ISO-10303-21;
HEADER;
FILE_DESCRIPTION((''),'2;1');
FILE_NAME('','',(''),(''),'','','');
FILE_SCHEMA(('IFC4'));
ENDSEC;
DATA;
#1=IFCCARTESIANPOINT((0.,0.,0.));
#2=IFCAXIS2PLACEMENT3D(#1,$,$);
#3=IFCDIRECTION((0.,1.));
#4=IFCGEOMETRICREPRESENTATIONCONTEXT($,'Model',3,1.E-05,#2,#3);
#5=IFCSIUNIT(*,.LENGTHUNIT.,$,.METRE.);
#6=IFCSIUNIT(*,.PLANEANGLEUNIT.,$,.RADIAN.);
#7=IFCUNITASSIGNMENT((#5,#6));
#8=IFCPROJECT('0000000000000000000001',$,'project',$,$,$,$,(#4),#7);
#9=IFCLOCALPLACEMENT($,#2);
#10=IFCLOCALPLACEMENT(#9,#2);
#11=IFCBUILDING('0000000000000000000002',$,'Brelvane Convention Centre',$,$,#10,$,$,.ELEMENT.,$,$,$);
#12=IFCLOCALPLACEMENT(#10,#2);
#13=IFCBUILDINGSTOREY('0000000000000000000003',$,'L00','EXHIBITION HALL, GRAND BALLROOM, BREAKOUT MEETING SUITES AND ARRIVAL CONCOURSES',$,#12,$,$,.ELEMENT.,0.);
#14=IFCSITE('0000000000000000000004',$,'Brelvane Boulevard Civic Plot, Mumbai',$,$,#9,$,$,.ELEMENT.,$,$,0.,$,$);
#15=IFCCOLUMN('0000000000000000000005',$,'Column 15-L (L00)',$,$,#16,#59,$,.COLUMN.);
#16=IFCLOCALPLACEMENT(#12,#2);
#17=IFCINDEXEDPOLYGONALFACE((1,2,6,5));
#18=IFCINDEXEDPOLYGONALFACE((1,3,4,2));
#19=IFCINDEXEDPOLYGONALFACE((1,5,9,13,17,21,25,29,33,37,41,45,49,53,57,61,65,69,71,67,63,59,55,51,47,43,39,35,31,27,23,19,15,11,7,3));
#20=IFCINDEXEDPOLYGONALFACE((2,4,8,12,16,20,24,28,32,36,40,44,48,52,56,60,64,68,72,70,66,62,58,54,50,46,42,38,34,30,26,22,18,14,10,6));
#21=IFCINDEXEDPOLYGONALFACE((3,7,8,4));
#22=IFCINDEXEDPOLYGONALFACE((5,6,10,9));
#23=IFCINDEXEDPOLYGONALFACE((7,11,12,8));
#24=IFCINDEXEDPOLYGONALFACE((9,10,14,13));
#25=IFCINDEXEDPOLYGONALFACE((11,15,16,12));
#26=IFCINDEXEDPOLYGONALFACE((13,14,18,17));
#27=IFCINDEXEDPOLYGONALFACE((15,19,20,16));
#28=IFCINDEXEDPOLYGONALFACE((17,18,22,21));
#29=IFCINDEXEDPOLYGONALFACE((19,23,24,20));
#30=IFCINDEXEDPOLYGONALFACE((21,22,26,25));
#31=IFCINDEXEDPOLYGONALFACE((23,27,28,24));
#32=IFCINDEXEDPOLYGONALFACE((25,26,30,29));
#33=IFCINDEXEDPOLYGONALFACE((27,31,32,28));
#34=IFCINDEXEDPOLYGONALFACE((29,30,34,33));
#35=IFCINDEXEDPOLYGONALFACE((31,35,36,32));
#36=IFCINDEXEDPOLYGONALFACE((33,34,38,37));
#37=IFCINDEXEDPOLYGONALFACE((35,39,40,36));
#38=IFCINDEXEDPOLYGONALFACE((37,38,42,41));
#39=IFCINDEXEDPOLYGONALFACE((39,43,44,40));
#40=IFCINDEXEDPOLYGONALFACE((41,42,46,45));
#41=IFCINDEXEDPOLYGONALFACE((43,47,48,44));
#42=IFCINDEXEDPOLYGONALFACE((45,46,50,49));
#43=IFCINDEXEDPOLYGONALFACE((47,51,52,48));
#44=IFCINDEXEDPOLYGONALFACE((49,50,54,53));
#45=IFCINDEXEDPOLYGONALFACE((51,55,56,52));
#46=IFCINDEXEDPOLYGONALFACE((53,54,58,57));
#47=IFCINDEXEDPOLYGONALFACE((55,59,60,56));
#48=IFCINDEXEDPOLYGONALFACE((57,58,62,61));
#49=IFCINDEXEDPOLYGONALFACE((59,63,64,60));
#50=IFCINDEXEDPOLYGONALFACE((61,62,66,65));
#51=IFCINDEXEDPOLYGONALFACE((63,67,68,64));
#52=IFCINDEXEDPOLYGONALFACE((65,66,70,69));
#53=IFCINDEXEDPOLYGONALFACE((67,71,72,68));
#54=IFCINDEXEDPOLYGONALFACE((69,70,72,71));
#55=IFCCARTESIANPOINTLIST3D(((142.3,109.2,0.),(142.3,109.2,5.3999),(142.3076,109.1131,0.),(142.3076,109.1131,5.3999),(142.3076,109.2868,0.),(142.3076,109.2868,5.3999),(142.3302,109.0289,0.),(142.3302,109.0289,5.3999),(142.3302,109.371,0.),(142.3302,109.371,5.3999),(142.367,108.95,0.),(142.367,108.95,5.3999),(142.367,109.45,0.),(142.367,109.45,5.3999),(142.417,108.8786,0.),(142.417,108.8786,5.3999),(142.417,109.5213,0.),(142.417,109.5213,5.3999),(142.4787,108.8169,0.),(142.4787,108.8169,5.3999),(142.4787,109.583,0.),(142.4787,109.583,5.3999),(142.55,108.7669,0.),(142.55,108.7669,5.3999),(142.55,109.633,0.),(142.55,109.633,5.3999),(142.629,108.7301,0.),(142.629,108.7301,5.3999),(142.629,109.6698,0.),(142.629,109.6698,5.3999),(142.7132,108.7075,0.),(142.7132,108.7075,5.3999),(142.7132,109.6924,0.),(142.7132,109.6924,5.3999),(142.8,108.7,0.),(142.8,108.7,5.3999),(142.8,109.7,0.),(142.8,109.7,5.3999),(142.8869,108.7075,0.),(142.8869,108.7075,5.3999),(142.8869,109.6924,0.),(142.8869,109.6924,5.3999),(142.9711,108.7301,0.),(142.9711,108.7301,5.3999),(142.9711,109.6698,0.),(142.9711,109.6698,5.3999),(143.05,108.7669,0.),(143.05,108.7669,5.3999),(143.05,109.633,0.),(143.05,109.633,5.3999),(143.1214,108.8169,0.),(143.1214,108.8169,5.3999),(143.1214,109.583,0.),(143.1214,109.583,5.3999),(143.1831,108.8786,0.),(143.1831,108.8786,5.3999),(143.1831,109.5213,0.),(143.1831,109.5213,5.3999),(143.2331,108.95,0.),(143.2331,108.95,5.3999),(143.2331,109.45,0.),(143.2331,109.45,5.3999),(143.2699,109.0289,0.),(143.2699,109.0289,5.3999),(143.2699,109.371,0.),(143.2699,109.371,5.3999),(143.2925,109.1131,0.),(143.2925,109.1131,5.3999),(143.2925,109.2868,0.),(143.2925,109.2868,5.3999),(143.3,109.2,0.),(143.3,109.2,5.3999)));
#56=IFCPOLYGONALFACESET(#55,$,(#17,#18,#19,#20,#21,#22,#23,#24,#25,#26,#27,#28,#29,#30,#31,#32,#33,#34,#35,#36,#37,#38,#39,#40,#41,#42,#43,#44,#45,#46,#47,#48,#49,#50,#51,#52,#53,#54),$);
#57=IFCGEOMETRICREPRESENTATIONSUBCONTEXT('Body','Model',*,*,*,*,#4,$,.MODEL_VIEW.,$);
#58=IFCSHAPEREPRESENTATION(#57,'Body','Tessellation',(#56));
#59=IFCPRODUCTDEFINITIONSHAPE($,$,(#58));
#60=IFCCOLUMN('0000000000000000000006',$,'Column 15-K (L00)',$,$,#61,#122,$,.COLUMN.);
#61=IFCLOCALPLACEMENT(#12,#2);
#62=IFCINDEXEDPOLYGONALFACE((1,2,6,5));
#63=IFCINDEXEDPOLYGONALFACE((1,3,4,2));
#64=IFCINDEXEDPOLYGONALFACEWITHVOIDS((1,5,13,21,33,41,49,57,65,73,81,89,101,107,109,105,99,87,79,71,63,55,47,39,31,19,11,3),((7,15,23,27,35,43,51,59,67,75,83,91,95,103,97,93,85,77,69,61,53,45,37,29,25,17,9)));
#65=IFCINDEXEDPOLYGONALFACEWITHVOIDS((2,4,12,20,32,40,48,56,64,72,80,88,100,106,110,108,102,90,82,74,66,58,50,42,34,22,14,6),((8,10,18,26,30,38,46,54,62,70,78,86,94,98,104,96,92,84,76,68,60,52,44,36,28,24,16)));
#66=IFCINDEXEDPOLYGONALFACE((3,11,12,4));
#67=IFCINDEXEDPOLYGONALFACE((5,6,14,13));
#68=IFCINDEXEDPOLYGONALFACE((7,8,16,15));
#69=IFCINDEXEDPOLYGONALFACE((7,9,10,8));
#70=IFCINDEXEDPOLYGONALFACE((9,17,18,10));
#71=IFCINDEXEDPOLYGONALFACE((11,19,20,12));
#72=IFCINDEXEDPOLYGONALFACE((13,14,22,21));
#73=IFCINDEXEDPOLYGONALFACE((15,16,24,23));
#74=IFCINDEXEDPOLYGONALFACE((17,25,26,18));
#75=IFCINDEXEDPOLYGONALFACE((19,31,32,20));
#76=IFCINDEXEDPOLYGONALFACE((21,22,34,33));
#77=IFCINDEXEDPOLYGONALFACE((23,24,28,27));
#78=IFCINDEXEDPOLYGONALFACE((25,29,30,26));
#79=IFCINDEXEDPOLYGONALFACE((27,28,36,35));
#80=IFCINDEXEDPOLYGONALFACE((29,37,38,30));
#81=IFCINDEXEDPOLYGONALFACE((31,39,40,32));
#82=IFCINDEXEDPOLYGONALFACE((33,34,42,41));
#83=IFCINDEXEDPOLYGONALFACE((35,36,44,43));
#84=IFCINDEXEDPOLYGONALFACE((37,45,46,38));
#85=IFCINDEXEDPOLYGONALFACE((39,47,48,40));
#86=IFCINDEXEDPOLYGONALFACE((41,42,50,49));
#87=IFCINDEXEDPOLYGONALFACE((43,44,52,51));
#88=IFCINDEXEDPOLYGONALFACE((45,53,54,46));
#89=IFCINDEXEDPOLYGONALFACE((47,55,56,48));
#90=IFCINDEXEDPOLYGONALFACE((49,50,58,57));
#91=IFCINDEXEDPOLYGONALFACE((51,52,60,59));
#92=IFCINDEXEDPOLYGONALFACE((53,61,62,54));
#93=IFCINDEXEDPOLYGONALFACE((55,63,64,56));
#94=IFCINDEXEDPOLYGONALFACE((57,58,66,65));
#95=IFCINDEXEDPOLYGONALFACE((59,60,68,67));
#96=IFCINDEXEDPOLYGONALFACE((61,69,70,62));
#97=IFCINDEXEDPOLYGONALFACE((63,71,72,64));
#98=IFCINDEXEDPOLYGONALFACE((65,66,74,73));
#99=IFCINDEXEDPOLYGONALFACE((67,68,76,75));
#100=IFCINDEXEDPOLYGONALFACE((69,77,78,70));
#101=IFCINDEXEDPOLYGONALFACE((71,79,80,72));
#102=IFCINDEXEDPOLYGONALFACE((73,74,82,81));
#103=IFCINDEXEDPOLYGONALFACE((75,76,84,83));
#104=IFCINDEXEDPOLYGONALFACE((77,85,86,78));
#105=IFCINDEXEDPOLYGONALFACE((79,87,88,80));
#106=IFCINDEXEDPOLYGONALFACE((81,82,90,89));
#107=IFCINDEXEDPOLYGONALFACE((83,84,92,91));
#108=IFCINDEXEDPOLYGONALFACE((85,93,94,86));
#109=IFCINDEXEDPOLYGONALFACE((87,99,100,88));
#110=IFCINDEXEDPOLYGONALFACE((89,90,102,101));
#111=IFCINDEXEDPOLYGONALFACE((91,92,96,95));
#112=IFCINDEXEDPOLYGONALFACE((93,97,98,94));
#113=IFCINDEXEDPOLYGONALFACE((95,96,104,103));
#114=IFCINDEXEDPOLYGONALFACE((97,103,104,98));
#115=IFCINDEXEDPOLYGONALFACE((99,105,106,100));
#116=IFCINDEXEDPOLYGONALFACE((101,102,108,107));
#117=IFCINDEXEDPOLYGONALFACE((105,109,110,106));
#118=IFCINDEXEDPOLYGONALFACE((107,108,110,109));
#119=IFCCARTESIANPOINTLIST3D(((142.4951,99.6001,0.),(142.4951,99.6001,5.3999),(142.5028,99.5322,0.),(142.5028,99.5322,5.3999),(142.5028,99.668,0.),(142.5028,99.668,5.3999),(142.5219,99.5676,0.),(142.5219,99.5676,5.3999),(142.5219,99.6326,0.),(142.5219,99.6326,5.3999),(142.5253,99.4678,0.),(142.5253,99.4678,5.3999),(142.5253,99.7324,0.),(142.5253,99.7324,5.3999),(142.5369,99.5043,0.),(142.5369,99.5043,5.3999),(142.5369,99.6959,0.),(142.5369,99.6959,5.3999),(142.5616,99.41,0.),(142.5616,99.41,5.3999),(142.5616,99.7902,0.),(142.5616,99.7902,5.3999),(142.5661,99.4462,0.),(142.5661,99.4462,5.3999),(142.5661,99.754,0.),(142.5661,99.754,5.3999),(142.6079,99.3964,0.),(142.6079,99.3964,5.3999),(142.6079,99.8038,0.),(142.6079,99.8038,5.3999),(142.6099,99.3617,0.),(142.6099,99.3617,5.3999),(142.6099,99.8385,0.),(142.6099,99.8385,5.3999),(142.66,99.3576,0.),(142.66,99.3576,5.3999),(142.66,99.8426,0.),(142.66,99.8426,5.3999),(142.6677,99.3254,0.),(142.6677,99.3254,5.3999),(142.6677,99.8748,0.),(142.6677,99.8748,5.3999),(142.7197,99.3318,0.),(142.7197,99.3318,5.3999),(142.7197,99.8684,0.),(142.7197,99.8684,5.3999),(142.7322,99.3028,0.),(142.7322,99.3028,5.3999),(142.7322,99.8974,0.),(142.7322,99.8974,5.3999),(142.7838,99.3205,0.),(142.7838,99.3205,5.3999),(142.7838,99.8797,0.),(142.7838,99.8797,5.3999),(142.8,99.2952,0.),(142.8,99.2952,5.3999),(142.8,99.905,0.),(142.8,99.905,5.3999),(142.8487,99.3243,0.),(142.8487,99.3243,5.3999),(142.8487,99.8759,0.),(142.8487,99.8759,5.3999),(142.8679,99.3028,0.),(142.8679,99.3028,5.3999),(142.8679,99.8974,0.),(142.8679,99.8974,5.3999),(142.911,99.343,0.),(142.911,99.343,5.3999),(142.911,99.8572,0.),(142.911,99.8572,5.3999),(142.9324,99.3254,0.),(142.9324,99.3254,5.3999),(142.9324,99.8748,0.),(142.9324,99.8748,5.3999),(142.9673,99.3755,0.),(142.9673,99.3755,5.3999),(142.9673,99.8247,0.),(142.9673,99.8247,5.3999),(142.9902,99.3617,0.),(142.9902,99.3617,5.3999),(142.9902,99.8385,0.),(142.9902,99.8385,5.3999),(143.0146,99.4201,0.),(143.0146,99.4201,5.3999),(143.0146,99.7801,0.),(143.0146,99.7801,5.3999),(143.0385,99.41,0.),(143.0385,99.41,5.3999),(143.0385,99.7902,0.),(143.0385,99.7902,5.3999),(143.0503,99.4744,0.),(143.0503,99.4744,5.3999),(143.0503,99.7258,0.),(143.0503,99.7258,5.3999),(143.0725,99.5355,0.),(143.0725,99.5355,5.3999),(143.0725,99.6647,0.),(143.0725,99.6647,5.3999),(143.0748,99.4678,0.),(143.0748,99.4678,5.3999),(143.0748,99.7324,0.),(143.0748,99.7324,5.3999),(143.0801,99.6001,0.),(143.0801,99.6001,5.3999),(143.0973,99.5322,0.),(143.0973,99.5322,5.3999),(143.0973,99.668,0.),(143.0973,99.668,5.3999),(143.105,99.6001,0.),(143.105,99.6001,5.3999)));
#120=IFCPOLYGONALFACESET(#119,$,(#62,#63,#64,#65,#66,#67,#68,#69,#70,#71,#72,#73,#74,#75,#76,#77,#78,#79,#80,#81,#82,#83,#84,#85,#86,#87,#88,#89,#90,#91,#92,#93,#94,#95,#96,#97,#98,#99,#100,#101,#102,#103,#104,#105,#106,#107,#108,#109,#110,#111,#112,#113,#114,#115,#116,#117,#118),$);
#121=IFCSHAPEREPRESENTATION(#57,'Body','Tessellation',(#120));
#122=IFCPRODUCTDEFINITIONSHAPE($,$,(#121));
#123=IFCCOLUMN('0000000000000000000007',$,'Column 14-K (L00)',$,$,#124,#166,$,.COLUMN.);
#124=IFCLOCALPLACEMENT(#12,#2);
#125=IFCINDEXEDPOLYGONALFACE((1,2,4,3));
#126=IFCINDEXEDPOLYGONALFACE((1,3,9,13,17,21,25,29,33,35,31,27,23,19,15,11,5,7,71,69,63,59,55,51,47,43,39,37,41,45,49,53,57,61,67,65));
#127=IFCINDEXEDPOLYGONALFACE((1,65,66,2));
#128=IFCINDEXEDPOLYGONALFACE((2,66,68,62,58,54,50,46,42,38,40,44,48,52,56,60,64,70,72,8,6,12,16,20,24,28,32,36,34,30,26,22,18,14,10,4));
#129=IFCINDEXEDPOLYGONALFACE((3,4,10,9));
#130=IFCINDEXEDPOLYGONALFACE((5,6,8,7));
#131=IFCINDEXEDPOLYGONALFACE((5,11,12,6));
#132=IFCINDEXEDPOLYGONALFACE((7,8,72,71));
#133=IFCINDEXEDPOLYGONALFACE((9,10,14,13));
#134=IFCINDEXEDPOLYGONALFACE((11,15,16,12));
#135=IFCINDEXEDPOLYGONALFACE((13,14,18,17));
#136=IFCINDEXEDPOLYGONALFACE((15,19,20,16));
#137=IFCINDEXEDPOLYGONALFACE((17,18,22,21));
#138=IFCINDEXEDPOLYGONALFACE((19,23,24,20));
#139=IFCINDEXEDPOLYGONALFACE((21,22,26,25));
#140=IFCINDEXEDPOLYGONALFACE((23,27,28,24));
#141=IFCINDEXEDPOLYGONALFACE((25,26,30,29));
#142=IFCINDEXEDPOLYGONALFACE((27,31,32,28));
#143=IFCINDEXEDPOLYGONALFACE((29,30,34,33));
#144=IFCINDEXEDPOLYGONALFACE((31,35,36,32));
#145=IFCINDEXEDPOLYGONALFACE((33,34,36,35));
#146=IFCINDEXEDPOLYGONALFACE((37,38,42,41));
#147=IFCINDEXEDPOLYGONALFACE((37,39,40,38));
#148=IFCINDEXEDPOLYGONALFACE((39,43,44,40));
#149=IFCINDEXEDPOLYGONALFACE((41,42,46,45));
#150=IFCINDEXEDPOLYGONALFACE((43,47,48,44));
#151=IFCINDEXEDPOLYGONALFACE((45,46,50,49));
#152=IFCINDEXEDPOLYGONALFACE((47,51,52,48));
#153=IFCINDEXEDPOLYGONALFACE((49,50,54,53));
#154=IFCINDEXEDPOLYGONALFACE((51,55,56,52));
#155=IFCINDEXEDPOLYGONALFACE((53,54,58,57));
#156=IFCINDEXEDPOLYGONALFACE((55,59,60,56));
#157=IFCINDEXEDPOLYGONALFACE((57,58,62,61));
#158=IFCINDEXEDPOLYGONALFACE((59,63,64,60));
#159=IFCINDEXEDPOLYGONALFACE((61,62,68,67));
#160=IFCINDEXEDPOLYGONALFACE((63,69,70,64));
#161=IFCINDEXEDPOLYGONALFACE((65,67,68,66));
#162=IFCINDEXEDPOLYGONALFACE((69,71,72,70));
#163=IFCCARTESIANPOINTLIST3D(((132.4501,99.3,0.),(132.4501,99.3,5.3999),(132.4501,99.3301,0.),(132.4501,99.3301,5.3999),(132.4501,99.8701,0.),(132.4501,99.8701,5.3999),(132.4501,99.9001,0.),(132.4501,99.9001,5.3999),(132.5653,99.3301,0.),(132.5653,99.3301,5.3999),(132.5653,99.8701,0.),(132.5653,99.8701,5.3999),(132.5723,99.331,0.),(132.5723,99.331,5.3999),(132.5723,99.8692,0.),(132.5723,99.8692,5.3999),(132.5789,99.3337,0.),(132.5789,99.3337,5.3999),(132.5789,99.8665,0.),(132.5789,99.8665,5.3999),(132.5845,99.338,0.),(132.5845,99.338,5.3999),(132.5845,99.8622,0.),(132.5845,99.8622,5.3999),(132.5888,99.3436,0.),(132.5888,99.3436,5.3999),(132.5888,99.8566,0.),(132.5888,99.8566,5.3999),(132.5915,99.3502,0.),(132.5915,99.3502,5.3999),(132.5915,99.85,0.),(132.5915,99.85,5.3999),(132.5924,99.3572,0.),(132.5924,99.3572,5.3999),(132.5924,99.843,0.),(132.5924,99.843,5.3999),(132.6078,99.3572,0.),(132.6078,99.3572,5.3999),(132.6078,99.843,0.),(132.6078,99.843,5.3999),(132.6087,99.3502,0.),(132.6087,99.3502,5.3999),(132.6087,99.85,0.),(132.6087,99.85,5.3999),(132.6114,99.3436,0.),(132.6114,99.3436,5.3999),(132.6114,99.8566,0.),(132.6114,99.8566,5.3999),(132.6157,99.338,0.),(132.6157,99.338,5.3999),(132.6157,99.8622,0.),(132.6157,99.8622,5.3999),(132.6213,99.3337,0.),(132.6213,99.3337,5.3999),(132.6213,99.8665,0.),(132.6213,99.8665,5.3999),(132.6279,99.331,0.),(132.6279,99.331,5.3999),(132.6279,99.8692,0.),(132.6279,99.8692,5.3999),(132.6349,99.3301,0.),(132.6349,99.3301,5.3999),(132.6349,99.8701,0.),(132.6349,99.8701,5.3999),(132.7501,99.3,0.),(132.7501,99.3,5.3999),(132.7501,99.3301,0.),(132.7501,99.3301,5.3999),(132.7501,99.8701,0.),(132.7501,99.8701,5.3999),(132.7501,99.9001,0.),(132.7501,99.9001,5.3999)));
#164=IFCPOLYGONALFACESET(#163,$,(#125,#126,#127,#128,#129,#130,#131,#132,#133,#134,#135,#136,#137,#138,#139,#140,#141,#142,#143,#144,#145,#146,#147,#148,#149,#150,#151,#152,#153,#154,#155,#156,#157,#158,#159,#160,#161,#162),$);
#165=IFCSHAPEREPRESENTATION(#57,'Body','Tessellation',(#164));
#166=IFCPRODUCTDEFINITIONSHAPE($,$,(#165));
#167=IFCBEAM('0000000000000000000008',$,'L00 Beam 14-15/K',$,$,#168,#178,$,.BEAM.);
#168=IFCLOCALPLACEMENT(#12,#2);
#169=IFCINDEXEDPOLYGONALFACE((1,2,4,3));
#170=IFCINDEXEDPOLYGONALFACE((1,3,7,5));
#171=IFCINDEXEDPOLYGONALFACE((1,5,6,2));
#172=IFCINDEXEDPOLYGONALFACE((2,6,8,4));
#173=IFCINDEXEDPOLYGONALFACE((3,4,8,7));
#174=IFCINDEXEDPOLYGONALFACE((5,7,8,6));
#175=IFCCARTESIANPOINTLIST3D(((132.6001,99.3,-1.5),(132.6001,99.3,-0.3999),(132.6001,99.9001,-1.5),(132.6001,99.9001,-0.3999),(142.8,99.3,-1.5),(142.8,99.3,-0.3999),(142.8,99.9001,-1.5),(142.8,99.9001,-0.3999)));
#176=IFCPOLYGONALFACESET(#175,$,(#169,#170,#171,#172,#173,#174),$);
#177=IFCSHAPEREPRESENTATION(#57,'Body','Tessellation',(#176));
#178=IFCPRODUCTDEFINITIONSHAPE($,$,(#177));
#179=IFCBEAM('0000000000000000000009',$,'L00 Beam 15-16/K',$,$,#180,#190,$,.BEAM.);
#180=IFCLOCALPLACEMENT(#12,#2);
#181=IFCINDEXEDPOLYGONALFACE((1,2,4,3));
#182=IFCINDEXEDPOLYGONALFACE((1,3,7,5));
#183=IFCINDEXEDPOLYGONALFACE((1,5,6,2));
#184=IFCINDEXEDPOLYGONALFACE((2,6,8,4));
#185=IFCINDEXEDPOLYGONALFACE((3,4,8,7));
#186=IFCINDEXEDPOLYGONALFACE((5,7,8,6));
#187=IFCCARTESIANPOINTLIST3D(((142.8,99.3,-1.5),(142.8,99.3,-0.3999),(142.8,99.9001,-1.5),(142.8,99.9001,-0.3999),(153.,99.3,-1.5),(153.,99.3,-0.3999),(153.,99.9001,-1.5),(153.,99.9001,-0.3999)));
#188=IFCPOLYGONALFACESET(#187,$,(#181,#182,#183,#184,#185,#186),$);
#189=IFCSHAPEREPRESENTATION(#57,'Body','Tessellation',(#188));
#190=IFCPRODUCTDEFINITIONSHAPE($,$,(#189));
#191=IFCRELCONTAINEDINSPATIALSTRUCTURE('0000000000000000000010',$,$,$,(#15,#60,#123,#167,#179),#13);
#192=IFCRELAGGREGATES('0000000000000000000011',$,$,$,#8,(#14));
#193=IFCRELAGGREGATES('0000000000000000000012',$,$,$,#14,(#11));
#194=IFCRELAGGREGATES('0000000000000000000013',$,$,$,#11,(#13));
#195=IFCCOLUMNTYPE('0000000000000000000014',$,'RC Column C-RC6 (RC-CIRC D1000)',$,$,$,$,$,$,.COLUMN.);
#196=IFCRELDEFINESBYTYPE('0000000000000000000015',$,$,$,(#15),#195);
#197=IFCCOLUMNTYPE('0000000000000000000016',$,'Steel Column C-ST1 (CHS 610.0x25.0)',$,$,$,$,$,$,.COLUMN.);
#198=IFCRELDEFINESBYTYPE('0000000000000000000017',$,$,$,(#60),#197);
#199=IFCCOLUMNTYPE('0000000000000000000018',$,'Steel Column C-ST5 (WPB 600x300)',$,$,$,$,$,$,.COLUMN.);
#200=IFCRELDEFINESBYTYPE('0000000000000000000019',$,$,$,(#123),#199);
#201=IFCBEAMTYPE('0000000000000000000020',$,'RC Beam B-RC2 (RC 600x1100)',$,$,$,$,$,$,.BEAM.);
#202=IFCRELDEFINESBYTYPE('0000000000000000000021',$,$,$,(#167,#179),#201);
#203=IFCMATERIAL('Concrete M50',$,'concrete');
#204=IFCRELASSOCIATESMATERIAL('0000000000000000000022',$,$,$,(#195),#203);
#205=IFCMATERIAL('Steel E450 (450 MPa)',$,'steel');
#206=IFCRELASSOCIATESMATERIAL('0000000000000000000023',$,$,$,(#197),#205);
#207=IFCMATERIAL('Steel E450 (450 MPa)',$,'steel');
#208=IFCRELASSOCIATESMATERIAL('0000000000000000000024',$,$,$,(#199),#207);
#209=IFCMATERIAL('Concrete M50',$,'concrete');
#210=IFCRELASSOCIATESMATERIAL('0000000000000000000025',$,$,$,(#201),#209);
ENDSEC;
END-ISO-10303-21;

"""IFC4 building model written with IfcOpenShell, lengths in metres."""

from ifc_helpers import new_model, si_unit, direction, frame, origin, origin_2d, place, context, subcontext, project, spatial, rectangle, circle, hollow_circle, i_section, extrude, material, material_profile, profile_set, type_object, element, save


model = new_model("IFC4")

# Units and contexts
model_context = context("Model", 3, precision=1e-05, world=origin(), true_north=direction((0.0, 1.0)))
body_context = subcontext(model_context, "Body", "Model", "MODEL_VIEW")
ifc_project = project(units=[si_unit("LENGTHUNIT", "METRE"), si_unit("PLANEANGLEUNIT", "RADIAN")], contexts=[model_context])

# Site, building, storey
site_placement = place(None, origin())
site = spatial("IfcSite", under=ifc_project, at=site_placement, Name="Brelvane Boulevard Civic Plot, Mumbai", CompositionType="ELEMENT", RefElevation=0.0)
building_placement = place(site_placement, origin())
building = spatial("IfcBuilding", under=site, at=building_placement, Name="Brelvane Convention Centre", CompositionType="ELEMENT")
storey_placement = place(building_placement, origin())
storey = spatial("IfcBuildingStorey", under=building, at=storey_placement, Name="L00", Description="EXHIBITION HALL, GRAND BALLROOM, BREAKOUT MEETING SUITES AND ARRIVAL CONCOURSES", CompositionType="ELEMENT", Elevation=0.0)

# Columns
ifc_material_1 = material(Name="Concrete M50", Category="concrete")
ifc_material_profile_1 = material_profile(ifc_material_1, circle(Radius=0.5, at=origin_2d()), Name="RC-CIRC D1000")
ifc_profile_set_1 = profile_set([ifc_material_profile_1], Name="Concrete M50")
column_type_1 = type_object("IfcColumnType", Name="RC Column C-RC6 (RC-CIRC D1000)", PredefinedType="COLUMN", material=ifc_profile_set_1)
column_1_placement = place(storey_placement, frame((142.8, 109.2, 0.0), z_axis=(0.0, 0.0, 1.0), x_axis=(1.0, 0.0, 0.0)))
element("IfcColumn", 1, at=column_1_placement, inside=storey, type_object=column_type_1, Name="Column 15-L (L00)", PredefinedType="COLUMN", context=body_context, shape_type="SweptSolid", body=[
    extrude(circle(Radius=0.5, at=origin_2d()), origin(), (0.0, 0.0, 1.0), 5.3999),
])
ifc_material_2 = material(Name="Steel E450 (450 MPa)", Category="steel")
ifc_material_profile_2 = material_profile(ifc_material_2, hollow_circle(Radius=0.3049, WallThickness=0.0249, at=origin_2d()), Name="CHS 610.0x25.0")
ifc_profile_set_2 = profile_set([ifc_material_profile_2], Name="Steel E450 (450 MPa)")
column_type_2 = type_object("IfcColumnType", Name="Steel Column C-ST1 (CHS 610.0x25.0)", PredefinedType="COLUMN", material=ifc_profile_set_2)
column_2_placement = place(storey_placement, frame((142.8, 99.6001, 0.0), z_axis=(0.0, 0.0, 1.0), x_axis=(1.0, 0.0, 0.0)))
element("IfcColumn", 2, at=column_2_placement, inside=storey, type_object=column_type_2, Name="Column 15-K (L00)", PredefinedType="COLUMN", context=body_context, shape_type="SweptSolid", body=[
    extrude(hollow_circle(Radius=0.3049, WallThickness=0.0249, at=origin_2d()), origin(), (0.0, 0.0, 1.0), 5.3999),
])
ifc_material_3 = material(Name="Steel E450 (450 MPa)", Category="steel")
ifc_material_profile_3 = material_profile(ifc_material_3, i_section(OverallWidth=0.3, OverallDepth=0.6001, WebThickness=0.0154, FlangeThickness=0.03, FilletRadius=0.0271, at=origin_2d()), Name="WPB 600x300")
ifc_profile_set_3 = profile_set([ifc_material_profile_3], Name="Steel E450 (450 MPa)")
column_type_3 = type_object("IfcColumnType", Name="Steel Column C-ST5 (WPB 600x300)", PredefinedType="COLUMN", material=ifc_profile_set_3)
column_3_placement = place(storey_placement, frame((132.6001, 99.6001, 0.0), z_axis=(0.0, 0.0, 1.0), x_axis=(1.0, 0.0, 0.0)))
element("IfcColumn", 3, at=column_3_placement, inside=storey, type_object=column_type_3, Name="Column 14-K (L00)", PredefinedType="COLUMN", context=body_context, shape_type="SweptSolid", body=[
    extrude(i_section(OverallWidth=0.3, OverallDepth=0.6001, WebThickness=0.0154, FlangeThickness=0.03, FilletRadius=0.0271, at=origin_2d()), origin(), (0.0, 0.0, 1.0), 5.3999),
])

# Beams
ifc_material_4 = material(Name="Concrete M50", Category="concrete")
ifc_material_profile_4 = material_profile(ifc_material_4, rectangle(XDim=0.6001, YDim=1.1001, at=origin_2d()), Name="RC 600x1100")
ifc_profile_set_4 = profile_set([ifc_material_profile_4], Name="Concrete M50")
beam_type_1 = type_object("IfcBeamType", Name="RC Beam B-RC2 (RC 600x1100)", PredefinedType="BEAM", material=ifc_profile_set_4)
for number, where, z_axis, x_axis, name in (
    (4, (132.6001, 99.6001, -0.95), (1.0, 0.0, 0.0), (0.0, 1.0, 0.0), "L00 Beam 14-15/K"),
    (5, (142.8, 99.6001, -0.95), (1.0, 0.0, 0.0), (0.0, 1.0, 0.0), "L00 Beam 15-16/K"),
):
    element("IfcBeam", number, at=place(storey_placement, frame(where, z_axis=z_axis, x_axis=x_axis)), inside=storey, type_object=beam_type_1, Name=name, PredefinedType="BEAM", context=body_context, shape_type="SweptSolid", body=[
        extrude(rectangle(XDim=0.6001, YDim=1.1001, at=origin_2d()), origin(), (0.0, 0.0, 1.0), 10.2),
    ])

save(model, "model.ifc")
